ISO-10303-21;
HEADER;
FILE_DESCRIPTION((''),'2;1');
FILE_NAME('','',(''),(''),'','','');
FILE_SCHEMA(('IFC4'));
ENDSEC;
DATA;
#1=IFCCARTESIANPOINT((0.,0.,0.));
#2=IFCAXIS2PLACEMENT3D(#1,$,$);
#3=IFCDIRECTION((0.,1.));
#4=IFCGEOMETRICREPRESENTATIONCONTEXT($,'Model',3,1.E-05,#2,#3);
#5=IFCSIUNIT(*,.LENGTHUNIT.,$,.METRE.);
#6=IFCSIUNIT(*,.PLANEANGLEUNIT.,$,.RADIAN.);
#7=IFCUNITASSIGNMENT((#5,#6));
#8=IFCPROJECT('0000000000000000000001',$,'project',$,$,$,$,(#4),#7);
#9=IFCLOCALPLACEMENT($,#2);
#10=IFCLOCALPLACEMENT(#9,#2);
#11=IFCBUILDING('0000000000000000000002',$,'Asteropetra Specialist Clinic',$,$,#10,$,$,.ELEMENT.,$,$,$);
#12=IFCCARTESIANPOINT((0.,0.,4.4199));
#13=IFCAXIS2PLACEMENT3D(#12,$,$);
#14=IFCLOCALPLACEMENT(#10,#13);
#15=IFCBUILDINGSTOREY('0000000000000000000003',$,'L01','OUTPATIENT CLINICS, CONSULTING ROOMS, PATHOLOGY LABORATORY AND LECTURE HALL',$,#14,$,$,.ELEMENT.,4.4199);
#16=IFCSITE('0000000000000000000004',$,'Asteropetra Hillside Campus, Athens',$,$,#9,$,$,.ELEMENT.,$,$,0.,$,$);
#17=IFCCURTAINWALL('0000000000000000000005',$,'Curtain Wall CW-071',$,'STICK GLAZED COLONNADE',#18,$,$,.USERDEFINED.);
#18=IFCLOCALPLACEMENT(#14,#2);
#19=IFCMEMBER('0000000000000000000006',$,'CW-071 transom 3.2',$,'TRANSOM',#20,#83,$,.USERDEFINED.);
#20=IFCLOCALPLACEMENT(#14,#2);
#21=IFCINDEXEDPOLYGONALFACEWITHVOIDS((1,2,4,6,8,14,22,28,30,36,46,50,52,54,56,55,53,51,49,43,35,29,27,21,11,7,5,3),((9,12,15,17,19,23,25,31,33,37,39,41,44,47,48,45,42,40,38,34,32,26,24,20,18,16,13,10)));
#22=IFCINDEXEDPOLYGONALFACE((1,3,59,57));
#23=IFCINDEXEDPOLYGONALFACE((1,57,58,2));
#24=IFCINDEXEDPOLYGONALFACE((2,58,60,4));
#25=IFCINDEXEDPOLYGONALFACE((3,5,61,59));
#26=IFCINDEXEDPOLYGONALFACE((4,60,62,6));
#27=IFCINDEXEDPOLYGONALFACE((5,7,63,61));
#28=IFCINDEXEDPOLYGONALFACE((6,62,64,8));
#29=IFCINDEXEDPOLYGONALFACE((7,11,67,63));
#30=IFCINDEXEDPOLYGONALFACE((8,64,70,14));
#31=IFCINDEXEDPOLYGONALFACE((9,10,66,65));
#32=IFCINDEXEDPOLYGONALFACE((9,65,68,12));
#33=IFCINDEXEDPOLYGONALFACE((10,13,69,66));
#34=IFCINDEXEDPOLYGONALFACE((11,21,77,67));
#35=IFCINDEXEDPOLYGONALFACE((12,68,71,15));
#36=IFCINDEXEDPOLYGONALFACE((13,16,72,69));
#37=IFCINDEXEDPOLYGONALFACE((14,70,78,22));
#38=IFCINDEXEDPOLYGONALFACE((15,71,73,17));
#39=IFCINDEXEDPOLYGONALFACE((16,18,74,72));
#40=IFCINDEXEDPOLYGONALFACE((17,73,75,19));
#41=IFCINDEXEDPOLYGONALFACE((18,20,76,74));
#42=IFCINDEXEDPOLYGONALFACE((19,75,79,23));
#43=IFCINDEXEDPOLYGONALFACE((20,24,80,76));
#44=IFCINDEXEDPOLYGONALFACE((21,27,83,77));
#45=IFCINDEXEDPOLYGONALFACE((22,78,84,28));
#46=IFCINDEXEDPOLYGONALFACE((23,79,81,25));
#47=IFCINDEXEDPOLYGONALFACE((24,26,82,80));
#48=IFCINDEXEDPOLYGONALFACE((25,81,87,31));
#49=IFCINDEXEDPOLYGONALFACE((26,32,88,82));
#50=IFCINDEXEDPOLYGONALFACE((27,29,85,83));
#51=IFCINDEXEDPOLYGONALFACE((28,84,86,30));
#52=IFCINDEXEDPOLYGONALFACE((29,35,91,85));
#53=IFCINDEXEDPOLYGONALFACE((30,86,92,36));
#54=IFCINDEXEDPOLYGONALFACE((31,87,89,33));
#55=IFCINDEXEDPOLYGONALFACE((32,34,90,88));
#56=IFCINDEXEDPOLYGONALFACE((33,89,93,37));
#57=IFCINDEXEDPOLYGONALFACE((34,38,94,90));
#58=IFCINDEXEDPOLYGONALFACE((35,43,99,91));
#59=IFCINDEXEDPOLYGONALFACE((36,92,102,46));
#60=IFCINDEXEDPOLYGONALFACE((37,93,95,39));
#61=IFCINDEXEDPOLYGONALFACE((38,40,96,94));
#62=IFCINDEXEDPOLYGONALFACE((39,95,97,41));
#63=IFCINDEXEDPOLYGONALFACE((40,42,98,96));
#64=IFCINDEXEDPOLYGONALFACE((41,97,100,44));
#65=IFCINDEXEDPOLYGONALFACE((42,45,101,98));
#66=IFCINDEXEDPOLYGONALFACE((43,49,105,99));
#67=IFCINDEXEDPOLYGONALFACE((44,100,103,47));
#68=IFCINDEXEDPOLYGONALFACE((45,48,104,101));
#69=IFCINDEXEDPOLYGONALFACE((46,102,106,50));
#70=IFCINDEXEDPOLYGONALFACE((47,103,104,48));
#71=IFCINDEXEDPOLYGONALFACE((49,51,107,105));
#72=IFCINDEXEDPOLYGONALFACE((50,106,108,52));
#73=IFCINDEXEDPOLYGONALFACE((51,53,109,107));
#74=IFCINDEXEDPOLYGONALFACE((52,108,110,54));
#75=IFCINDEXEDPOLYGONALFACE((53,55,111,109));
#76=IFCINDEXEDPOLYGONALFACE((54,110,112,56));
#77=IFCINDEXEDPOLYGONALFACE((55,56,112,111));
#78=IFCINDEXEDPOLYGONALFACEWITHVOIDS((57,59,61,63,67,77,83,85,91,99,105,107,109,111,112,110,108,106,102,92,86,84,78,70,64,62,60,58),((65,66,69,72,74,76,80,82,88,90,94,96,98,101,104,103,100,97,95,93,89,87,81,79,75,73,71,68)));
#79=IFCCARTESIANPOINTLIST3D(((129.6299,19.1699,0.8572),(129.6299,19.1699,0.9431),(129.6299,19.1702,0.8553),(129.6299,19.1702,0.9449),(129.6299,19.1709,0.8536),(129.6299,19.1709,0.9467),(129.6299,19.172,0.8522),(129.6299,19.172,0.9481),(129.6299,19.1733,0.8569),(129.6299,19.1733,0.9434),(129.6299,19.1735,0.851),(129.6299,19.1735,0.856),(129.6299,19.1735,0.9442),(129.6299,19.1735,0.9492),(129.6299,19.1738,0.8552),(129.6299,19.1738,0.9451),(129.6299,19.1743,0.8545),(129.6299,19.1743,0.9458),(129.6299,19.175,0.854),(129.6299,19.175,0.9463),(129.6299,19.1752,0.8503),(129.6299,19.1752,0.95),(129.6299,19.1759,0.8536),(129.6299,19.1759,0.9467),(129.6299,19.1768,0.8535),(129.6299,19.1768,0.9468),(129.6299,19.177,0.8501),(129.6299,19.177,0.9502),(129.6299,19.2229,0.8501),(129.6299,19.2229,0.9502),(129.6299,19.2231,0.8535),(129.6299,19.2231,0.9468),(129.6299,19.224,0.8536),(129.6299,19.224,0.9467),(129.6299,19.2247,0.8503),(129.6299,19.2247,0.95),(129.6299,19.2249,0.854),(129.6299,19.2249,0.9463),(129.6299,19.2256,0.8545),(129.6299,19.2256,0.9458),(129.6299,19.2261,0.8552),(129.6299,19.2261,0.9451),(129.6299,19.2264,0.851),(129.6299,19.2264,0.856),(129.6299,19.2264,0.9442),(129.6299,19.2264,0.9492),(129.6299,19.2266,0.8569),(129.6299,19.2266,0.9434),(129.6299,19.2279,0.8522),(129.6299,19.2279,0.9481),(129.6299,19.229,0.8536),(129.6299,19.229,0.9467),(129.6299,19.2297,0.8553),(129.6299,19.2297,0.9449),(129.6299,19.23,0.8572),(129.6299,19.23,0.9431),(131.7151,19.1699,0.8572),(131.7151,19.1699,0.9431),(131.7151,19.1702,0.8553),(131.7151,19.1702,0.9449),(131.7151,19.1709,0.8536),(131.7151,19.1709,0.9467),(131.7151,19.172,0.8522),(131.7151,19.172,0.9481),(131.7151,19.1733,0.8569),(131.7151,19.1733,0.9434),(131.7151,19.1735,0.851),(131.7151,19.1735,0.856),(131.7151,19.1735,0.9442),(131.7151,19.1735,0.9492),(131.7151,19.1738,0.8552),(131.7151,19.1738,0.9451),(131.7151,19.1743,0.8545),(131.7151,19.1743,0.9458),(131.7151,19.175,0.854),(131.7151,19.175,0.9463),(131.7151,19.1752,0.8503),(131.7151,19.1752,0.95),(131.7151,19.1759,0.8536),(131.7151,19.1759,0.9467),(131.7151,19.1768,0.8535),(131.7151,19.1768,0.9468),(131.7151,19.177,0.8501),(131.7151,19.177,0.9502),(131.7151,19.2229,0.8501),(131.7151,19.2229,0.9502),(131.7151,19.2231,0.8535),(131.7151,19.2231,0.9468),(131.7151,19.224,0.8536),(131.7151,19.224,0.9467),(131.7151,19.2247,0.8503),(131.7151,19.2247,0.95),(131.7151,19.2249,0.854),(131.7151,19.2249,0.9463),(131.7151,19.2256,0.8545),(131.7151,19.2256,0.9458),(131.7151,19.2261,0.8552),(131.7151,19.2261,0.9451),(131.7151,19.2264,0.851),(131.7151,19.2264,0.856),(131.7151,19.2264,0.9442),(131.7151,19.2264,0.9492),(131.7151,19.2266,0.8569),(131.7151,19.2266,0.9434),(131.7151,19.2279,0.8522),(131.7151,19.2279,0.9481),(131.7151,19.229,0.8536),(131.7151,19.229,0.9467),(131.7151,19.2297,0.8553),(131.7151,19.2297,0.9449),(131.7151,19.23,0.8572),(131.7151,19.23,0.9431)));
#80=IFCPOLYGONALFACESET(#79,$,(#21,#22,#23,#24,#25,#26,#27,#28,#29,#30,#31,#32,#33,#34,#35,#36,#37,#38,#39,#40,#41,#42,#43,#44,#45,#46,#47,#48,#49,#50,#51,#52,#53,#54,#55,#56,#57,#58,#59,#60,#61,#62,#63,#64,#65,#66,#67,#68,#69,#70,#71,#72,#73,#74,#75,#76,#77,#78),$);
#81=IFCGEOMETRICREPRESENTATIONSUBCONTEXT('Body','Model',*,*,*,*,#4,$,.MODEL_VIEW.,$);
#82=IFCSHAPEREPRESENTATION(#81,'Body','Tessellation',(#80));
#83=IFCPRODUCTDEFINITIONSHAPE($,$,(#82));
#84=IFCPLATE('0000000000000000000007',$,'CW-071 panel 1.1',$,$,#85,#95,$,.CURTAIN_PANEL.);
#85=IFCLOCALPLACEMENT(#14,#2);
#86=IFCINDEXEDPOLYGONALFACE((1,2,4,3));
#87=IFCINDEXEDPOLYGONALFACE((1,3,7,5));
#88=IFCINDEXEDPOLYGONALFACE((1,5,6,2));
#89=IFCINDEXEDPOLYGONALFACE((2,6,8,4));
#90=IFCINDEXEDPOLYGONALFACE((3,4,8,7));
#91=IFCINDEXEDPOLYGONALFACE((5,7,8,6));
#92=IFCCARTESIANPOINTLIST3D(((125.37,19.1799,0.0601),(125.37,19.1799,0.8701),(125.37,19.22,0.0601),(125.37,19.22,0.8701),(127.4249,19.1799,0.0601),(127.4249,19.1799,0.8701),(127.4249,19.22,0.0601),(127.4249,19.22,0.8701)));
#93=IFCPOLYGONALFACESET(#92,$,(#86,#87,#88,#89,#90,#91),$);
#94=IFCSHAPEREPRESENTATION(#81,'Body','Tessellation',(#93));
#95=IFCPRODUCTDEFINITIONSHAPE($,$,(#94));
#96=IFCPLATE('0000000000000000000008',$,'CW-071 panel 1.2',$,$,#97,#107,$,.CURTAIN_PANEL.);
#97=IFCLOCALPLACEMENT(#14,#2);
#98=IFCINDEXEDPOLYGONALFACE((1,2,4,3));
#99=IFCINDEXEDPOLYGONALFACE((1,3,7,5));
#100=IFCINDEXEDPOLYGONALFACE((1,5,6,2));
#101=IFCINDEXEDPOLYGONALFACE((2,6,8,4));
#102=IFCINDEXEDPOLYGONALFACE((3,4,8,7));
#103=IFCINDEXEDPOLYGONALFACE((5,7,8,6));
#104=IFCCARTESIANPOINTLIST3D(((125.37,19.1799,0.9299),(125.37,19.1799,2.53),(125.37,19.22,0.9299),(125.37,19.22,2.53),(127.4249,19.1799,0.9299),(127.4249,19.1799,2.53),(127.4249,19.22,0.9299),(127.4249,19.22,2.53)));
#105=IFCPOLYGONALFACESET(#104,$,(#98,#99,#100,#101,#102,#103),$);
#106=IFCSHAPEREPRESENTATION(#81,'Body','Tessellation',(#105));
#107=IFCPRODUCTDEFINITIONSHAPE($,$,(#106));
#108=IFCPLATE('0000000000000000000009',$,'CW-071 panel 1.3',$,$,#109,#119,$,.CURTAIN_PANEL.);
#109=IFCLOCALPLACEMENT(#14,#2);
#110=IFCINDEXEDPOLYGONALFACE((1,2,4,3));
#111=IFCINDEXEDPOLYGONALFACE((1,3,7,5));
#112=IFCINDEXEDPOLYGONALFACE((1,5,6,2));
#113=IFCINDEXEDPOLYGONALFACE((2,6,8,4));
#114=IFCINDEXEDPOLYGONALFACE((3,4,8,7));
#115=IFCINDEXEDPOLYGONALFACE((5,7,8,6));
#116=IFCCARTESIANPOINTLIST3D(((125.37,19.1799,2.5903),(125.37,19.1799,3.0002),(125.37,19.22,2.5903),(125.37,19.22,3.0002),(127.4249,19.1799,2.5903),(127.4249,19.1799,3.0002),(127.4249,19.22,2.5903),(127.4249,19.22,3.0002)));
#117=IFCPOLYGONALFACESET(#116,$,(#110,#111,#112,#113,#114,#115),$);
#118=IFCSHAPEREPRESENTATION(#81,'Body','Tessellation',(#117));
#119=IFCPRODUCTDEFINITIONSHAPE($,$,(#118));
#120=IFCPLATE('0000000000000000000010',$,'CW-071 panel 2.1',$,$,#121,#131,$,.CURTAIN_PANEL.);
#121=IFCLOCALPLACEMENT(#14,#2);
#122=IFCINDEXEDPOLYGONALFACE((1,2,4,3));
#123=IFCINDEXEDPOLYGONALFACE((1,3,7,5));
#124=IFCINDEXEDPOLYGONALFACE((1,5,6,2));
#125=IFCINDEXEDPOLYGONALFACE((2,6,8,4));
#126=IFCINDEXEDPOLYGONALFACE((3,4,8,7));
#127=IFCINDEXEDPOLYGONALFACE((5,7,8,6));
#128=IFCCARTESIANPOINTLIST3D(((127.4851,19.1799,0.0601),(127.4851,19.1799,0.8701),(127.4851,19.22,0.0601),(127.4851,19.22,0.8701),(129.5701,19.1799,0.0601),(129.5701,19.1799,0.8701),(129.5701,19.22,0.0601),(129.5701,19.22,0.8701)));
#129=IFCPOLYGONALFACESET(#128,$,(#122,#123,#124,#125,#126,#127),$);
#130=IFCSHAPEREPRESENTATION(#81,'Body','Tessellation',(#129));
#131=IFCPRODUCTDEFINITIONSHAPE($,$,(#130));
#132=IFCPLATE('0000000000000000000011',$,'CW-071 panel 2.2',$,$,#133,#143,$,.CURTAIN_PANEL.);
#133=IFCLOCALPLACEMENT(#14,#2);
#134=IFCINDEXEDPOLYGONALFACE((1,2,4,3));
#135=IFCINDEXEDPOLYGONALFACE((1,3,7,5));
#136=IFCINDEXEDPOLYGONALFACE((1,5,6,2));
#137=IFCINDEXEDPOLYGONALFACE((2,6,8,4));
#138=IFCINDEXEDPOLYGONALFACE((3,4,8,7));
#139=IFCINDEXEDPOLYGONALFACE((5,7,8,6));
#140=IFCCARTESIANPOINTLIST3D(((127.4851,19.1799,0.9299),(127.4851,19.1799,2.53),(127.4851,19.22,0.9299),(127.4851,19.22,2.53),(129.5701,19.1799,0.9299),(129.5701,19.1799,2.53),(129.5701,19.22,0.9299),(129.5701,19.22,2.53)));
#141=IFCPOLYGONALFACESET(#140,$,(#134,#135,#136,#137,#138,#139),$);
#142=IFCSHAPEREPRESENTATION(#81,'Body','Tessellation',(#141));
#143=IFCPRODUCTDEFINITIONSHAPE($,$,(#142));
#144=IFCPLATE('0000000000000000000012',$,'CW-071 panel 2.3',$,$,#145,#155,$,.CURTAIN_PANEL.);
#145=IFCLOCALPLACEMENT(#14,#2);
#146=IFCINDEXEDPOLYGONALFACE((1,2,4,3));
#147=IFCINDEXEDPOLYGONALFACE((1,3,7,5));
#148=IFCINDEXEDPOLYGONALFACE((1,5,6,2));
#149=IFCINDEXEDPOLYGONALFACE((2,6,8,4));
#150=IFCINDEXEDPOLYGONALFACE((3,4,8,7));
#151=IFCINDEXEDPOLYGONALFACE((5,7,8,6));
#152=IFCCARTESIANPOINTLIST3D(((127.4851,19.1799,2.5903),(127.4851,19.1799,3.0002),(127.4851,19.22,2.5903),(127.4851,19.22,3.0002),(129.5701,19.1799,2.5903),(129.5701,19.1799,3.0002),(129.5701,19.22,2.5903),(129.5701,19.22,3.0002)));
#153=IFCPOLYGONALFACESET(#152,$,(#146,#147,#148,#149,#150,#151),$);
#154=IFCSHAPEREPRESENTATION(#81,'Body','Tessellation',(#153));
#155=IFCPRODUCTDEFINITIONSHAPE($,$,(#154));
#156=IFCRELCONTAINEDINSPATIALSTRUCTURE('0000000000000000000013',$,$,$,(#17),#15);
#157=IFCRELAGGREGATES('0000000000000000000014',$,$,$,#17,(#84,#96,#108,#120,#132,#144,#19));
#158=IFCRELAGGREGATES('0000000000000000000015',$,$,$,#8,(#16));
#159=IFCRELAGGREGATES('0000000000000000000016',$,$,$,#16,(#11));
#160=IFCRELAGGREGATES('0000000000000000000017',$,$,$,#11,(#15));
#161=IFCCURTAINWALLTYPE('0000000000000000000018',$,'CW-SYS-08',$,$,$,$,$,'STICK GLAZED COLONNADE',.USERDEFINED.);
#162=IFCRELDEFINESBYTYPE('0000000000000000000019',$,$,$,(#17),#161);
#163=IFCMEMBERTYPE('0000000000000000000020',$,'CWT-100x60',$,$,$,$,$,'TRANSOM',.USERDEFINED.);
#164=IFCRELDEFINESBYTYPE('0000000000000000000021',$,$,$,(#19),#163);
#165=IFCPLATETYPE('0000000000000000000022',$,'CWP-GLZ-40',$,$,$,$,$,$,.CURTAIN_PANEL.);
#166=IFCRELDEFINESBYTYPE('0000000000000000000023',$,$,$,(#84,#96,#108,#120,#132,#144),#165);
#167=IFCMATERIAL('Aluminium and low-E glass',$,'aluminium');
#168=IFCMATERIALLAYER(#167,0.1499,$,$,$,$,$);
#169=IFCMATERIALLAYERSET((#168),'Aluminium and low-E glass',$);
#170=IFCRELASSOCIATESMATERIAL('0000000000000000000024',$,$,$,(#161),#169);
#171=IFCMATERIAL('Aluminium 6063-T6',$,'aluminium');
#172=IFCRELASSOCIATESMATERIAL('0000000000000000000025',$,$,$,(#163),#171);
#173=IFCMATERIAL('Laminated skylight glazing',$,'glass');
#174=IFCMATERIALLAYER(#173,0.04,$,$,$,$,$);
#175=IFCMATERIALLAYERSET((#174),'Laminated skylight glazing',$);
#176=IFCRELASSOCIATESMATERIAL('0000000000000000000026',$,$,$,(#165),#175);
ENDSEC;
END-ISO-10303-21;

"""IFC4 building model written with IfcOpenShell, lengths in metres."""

from ifc_helpers import new_model, si_unit, direction, frame, origin, origin_2d, place, context, subcontext, project, spatial, rectangle, hollow_rectangle, extrude, material, layer, layer_set, material_profile, profile_set, type_object, element, aggregate, save


model = new_model("IFC4")

# Units and contexts
model_context = context("Model", 3, precision=1e-05, world=origin(), true_north=direction((0.0, 1.0)))
body_context = subcontext(model_context, "Body", "Model", "MODEL_VIEW")
ifc_project = project(units=[si_unit("LENGTHUNIT", "METRE"), si_unit("PLANEANGLEUNIT", "RADIAN")], contexts=[model_context])

# Site, building, storey
site_placement = place(None, origin())
site = spatial("IfcSite", under=ifc_project, at=site_placement, Name="Asteropetra Hillside Campus, Athens", CompositionType="ELEMENT", RefElevation=0.0)
building_placement = place(site_placement, origin())
building = spatial("IfcBuilding", under=site, at=building_placement, Name="Asteropetra Specialist Clinic", CompositionType="ELEMENT")
storey_placement = place(building_placement, frame((0.0, 0.0, 4.4199)))
storey = spatial("IfcBuildingStorey", under=building, at=storey_placement, Name="L01", Description="OUTPATIENT CLINICS, CONSULTING ROOMS, PATHOLOGY LABORATORY AND LECTURE HALL", CompositionType="ELEMENT", Elevation=4.4199)

# Curtain wall, member, plates
ifc_material_1 = material(Name="Aluminium and low-E glass", Category="aluminium")
ifc_layer_1 = layer(ifc_material_1, 0.1499)
ifc_layer_set_1 = layer_set([ifc_layer_1], Name="Aluminium and low-E glass")
curtain_wall_type = type_object("IfcCurtainWallType", Name="CW-SYS-08", ElementType="STICK GLAZED COLONNADE", PredefinedType="USERDEFINED", material=ifc_layer_set_1)
curtain_wall_placement = place(storey_placement, origin())
curtain_wall = element("IfcCurtainWall", 1, at=curtain_wall_placement, inside=storey, type_object=curtain_wall_type, Name="Curtain Wall CW-071", ObjectType="STICK GLAZED COLONNADE", PredefinedType="USERDEFINED")
ifc_material_2 = material(Name="Aluminium 6063-T6", Category="aluminium")
ifc_material_profile_1 = material_profile(ifc_material_2, hollow_rectangle(XDim=0.0601, YDim=0.1001, WallThickness=0.0034, InnerFilletRadius=0.0034, OuterFilletRadius=0.0071, at=origin_2d()), Name="TRN 100x60x3.5")
ifc_profile_set_1 = profile_set([ifc_material_profile_1], Name="Aluminium 6063-T6")
member_type_1 = type_object("IfcMemberType", Name="CWT-100x60", ElementType="TRANSOM", PredefinedType="USERDEFINED", material=ifc_profile_set_1)
member_1_placement = place(storey_placement, frame((129.6299, 19.2, 0.9001), z_axis=(1.0, 0.0, 0.0), x_axis=(0.0, 1.0, 0.0)))
member_1 = element("IfcMember", 2, at=member_1_placement, type_object=member_type_1, Name="CW-071 transom 3.2", ObjectType="TRANSOM", PredefinedType="USERDEFINED", context=body_context, shape_type="SweptSolid", body=[
    extrude(hollow_rectangle(XDim=0.0601, YDim=0.1001, WallThickness=0.0034, InnerFilletRadius=0.0034, OuterFilletRadius=0.0071, at=origin_2d()), origin(), (0.0, 0.0, 1.0), 2.0852),
])
ifc_material_3 = material(Name="Laminated skylight glazing", Category="glass")
ifc_layer_2 = layer(ifc_material_3, 0.04)
ifc_layer_set_2 = layer_set([ifc_layer_2], Name="Laminated skylight glazing")
plate_type = type_object("IfcPlateType", Name="CWP-GLZ-40", PredefinedType="CURTAIN_PANEL", material=ifc_layer_set_2)
plate_1_placement = place(storey_placement, frame((126.3975, 19.2, 0.0601), z_axis=(0.0, 0.0, 1.0), x_axis=(1.0, 0.0, 0.0)))
plate_1 = element("IfcPlate", 3, at=plate_1_placement, type_object=plate_type, Name="CW-071 panel 1.1", PredefinedType="CURTAIN_PANEL", context=body_context, shape_type="SweptSolid", body=[
    extrude(rectangle(XDim=2.0549, YDim=0.04, at=origin_2d()), origin(), (0.0, 0.0, 1.0), 0.8101),
])
plate_2_placement = place(storey_placement, frame((126.3975, 19.2, 0.9299), z_axis=(0.0, 0.0, 1.0), x_axis=(1.0, 0.0, 0.0)))
plate_2 = element("IfcPlate", 4, at=plate_2_placement, type_object=plate_type, Name="CW-071 panel 1.2", PredefinedType="CURTAIN_PANEL", context=body_context, shape_type="SweptSolid", body=[
    extrude(rectangle(XDim=2.0549, YDim=0.04, at=origin_2d()), origin(), (0.0, 0.0, 1.0), 1.6001),
])
plate_3_placement = place(storey_placement, frame((126.3975, 19.2, 2.5903), z_axis=(0.0, 0.0, 1.0), x_axis=(1.0, 0.0, 0.0)))
plate_3 = element("IfcPlate", 5, at=plate_3_placement, type_object=plate_type, Name="CW-071 panel 1.3", PredefinedType="CURTAIN_PANEL", context=body_context, shape_type="SweptSolid", body=[
    extrude(rectangle(XDim=2.0549, YDim=0.04, at=origin_2d()), origin(), (0.0, 0.0, 1.0), 0.4099),
])
plate_4_placement = place(storey_placement, frame((128.5276, 19.2, 0.0601), z_axis=(0.0, 0.0, 1.0), x_axis=(1.0, 0.0, 0.0)))
plate_4 = element("IfcPlate", 6, at=plate_4_placement, type_object=plate_type, Name="CW-071 panel 2.1", PredefinedType="CURTAIN_PANEL", context=body_context, shape_type="SweptSolid", body=[
    extrude(rectangle(XDim=2.085, YDim=0.04, at=origin_2d()), origin(), (0.0, 0.0, 1.0), 0.8101),
])
plate_5_placement = place(storey_placement, frame((128.5276, 19.2, 0.9299), z_axis=(0.0, 0.0, 1.0), x_axis=(1.0, 0.0, 0.0)))
plate_5 = element("IfcPlate", 7, at=plate_5_placement, type_object=plate_type, Name="CW-071 panel 2.2", PredefinedType="CURTAIN_PANEL", context=body_context, shape_type="SweptSolid", body=[
    extrude(rectangle(XDim=2.085, YDim=0.04, at=origin_2d()), origin(), (0.0, 0.0, 1.0), 1.6001),
])
plate_6_placement = place(storey_placement, frame((128.5276, 19.2, 2.5903), z_axis=(0.0, 0.0, 1.0), x_axis=(1.0, 0.0, 0.0)))
plate_6 = element("IfcPlate", 8, at=plate_6_placement, type_object=plate_type, Name="CW-071 panel 2.3", PredefinedType="CURTAIN_PANEL", context=body_context, shape_type="SweptSolid", body=[
    extrude(rectangle(XDim=2.085, YDim=0.04, at=origin_2d()), origin(), (0.0, 0.0, 1.0), 0.4099),
])
aggregate(curtain_wall, [plate_1, plate_2, plate_3, plate_4, plate_5, plate_6, member_1])

save(model, "model.ifc")
